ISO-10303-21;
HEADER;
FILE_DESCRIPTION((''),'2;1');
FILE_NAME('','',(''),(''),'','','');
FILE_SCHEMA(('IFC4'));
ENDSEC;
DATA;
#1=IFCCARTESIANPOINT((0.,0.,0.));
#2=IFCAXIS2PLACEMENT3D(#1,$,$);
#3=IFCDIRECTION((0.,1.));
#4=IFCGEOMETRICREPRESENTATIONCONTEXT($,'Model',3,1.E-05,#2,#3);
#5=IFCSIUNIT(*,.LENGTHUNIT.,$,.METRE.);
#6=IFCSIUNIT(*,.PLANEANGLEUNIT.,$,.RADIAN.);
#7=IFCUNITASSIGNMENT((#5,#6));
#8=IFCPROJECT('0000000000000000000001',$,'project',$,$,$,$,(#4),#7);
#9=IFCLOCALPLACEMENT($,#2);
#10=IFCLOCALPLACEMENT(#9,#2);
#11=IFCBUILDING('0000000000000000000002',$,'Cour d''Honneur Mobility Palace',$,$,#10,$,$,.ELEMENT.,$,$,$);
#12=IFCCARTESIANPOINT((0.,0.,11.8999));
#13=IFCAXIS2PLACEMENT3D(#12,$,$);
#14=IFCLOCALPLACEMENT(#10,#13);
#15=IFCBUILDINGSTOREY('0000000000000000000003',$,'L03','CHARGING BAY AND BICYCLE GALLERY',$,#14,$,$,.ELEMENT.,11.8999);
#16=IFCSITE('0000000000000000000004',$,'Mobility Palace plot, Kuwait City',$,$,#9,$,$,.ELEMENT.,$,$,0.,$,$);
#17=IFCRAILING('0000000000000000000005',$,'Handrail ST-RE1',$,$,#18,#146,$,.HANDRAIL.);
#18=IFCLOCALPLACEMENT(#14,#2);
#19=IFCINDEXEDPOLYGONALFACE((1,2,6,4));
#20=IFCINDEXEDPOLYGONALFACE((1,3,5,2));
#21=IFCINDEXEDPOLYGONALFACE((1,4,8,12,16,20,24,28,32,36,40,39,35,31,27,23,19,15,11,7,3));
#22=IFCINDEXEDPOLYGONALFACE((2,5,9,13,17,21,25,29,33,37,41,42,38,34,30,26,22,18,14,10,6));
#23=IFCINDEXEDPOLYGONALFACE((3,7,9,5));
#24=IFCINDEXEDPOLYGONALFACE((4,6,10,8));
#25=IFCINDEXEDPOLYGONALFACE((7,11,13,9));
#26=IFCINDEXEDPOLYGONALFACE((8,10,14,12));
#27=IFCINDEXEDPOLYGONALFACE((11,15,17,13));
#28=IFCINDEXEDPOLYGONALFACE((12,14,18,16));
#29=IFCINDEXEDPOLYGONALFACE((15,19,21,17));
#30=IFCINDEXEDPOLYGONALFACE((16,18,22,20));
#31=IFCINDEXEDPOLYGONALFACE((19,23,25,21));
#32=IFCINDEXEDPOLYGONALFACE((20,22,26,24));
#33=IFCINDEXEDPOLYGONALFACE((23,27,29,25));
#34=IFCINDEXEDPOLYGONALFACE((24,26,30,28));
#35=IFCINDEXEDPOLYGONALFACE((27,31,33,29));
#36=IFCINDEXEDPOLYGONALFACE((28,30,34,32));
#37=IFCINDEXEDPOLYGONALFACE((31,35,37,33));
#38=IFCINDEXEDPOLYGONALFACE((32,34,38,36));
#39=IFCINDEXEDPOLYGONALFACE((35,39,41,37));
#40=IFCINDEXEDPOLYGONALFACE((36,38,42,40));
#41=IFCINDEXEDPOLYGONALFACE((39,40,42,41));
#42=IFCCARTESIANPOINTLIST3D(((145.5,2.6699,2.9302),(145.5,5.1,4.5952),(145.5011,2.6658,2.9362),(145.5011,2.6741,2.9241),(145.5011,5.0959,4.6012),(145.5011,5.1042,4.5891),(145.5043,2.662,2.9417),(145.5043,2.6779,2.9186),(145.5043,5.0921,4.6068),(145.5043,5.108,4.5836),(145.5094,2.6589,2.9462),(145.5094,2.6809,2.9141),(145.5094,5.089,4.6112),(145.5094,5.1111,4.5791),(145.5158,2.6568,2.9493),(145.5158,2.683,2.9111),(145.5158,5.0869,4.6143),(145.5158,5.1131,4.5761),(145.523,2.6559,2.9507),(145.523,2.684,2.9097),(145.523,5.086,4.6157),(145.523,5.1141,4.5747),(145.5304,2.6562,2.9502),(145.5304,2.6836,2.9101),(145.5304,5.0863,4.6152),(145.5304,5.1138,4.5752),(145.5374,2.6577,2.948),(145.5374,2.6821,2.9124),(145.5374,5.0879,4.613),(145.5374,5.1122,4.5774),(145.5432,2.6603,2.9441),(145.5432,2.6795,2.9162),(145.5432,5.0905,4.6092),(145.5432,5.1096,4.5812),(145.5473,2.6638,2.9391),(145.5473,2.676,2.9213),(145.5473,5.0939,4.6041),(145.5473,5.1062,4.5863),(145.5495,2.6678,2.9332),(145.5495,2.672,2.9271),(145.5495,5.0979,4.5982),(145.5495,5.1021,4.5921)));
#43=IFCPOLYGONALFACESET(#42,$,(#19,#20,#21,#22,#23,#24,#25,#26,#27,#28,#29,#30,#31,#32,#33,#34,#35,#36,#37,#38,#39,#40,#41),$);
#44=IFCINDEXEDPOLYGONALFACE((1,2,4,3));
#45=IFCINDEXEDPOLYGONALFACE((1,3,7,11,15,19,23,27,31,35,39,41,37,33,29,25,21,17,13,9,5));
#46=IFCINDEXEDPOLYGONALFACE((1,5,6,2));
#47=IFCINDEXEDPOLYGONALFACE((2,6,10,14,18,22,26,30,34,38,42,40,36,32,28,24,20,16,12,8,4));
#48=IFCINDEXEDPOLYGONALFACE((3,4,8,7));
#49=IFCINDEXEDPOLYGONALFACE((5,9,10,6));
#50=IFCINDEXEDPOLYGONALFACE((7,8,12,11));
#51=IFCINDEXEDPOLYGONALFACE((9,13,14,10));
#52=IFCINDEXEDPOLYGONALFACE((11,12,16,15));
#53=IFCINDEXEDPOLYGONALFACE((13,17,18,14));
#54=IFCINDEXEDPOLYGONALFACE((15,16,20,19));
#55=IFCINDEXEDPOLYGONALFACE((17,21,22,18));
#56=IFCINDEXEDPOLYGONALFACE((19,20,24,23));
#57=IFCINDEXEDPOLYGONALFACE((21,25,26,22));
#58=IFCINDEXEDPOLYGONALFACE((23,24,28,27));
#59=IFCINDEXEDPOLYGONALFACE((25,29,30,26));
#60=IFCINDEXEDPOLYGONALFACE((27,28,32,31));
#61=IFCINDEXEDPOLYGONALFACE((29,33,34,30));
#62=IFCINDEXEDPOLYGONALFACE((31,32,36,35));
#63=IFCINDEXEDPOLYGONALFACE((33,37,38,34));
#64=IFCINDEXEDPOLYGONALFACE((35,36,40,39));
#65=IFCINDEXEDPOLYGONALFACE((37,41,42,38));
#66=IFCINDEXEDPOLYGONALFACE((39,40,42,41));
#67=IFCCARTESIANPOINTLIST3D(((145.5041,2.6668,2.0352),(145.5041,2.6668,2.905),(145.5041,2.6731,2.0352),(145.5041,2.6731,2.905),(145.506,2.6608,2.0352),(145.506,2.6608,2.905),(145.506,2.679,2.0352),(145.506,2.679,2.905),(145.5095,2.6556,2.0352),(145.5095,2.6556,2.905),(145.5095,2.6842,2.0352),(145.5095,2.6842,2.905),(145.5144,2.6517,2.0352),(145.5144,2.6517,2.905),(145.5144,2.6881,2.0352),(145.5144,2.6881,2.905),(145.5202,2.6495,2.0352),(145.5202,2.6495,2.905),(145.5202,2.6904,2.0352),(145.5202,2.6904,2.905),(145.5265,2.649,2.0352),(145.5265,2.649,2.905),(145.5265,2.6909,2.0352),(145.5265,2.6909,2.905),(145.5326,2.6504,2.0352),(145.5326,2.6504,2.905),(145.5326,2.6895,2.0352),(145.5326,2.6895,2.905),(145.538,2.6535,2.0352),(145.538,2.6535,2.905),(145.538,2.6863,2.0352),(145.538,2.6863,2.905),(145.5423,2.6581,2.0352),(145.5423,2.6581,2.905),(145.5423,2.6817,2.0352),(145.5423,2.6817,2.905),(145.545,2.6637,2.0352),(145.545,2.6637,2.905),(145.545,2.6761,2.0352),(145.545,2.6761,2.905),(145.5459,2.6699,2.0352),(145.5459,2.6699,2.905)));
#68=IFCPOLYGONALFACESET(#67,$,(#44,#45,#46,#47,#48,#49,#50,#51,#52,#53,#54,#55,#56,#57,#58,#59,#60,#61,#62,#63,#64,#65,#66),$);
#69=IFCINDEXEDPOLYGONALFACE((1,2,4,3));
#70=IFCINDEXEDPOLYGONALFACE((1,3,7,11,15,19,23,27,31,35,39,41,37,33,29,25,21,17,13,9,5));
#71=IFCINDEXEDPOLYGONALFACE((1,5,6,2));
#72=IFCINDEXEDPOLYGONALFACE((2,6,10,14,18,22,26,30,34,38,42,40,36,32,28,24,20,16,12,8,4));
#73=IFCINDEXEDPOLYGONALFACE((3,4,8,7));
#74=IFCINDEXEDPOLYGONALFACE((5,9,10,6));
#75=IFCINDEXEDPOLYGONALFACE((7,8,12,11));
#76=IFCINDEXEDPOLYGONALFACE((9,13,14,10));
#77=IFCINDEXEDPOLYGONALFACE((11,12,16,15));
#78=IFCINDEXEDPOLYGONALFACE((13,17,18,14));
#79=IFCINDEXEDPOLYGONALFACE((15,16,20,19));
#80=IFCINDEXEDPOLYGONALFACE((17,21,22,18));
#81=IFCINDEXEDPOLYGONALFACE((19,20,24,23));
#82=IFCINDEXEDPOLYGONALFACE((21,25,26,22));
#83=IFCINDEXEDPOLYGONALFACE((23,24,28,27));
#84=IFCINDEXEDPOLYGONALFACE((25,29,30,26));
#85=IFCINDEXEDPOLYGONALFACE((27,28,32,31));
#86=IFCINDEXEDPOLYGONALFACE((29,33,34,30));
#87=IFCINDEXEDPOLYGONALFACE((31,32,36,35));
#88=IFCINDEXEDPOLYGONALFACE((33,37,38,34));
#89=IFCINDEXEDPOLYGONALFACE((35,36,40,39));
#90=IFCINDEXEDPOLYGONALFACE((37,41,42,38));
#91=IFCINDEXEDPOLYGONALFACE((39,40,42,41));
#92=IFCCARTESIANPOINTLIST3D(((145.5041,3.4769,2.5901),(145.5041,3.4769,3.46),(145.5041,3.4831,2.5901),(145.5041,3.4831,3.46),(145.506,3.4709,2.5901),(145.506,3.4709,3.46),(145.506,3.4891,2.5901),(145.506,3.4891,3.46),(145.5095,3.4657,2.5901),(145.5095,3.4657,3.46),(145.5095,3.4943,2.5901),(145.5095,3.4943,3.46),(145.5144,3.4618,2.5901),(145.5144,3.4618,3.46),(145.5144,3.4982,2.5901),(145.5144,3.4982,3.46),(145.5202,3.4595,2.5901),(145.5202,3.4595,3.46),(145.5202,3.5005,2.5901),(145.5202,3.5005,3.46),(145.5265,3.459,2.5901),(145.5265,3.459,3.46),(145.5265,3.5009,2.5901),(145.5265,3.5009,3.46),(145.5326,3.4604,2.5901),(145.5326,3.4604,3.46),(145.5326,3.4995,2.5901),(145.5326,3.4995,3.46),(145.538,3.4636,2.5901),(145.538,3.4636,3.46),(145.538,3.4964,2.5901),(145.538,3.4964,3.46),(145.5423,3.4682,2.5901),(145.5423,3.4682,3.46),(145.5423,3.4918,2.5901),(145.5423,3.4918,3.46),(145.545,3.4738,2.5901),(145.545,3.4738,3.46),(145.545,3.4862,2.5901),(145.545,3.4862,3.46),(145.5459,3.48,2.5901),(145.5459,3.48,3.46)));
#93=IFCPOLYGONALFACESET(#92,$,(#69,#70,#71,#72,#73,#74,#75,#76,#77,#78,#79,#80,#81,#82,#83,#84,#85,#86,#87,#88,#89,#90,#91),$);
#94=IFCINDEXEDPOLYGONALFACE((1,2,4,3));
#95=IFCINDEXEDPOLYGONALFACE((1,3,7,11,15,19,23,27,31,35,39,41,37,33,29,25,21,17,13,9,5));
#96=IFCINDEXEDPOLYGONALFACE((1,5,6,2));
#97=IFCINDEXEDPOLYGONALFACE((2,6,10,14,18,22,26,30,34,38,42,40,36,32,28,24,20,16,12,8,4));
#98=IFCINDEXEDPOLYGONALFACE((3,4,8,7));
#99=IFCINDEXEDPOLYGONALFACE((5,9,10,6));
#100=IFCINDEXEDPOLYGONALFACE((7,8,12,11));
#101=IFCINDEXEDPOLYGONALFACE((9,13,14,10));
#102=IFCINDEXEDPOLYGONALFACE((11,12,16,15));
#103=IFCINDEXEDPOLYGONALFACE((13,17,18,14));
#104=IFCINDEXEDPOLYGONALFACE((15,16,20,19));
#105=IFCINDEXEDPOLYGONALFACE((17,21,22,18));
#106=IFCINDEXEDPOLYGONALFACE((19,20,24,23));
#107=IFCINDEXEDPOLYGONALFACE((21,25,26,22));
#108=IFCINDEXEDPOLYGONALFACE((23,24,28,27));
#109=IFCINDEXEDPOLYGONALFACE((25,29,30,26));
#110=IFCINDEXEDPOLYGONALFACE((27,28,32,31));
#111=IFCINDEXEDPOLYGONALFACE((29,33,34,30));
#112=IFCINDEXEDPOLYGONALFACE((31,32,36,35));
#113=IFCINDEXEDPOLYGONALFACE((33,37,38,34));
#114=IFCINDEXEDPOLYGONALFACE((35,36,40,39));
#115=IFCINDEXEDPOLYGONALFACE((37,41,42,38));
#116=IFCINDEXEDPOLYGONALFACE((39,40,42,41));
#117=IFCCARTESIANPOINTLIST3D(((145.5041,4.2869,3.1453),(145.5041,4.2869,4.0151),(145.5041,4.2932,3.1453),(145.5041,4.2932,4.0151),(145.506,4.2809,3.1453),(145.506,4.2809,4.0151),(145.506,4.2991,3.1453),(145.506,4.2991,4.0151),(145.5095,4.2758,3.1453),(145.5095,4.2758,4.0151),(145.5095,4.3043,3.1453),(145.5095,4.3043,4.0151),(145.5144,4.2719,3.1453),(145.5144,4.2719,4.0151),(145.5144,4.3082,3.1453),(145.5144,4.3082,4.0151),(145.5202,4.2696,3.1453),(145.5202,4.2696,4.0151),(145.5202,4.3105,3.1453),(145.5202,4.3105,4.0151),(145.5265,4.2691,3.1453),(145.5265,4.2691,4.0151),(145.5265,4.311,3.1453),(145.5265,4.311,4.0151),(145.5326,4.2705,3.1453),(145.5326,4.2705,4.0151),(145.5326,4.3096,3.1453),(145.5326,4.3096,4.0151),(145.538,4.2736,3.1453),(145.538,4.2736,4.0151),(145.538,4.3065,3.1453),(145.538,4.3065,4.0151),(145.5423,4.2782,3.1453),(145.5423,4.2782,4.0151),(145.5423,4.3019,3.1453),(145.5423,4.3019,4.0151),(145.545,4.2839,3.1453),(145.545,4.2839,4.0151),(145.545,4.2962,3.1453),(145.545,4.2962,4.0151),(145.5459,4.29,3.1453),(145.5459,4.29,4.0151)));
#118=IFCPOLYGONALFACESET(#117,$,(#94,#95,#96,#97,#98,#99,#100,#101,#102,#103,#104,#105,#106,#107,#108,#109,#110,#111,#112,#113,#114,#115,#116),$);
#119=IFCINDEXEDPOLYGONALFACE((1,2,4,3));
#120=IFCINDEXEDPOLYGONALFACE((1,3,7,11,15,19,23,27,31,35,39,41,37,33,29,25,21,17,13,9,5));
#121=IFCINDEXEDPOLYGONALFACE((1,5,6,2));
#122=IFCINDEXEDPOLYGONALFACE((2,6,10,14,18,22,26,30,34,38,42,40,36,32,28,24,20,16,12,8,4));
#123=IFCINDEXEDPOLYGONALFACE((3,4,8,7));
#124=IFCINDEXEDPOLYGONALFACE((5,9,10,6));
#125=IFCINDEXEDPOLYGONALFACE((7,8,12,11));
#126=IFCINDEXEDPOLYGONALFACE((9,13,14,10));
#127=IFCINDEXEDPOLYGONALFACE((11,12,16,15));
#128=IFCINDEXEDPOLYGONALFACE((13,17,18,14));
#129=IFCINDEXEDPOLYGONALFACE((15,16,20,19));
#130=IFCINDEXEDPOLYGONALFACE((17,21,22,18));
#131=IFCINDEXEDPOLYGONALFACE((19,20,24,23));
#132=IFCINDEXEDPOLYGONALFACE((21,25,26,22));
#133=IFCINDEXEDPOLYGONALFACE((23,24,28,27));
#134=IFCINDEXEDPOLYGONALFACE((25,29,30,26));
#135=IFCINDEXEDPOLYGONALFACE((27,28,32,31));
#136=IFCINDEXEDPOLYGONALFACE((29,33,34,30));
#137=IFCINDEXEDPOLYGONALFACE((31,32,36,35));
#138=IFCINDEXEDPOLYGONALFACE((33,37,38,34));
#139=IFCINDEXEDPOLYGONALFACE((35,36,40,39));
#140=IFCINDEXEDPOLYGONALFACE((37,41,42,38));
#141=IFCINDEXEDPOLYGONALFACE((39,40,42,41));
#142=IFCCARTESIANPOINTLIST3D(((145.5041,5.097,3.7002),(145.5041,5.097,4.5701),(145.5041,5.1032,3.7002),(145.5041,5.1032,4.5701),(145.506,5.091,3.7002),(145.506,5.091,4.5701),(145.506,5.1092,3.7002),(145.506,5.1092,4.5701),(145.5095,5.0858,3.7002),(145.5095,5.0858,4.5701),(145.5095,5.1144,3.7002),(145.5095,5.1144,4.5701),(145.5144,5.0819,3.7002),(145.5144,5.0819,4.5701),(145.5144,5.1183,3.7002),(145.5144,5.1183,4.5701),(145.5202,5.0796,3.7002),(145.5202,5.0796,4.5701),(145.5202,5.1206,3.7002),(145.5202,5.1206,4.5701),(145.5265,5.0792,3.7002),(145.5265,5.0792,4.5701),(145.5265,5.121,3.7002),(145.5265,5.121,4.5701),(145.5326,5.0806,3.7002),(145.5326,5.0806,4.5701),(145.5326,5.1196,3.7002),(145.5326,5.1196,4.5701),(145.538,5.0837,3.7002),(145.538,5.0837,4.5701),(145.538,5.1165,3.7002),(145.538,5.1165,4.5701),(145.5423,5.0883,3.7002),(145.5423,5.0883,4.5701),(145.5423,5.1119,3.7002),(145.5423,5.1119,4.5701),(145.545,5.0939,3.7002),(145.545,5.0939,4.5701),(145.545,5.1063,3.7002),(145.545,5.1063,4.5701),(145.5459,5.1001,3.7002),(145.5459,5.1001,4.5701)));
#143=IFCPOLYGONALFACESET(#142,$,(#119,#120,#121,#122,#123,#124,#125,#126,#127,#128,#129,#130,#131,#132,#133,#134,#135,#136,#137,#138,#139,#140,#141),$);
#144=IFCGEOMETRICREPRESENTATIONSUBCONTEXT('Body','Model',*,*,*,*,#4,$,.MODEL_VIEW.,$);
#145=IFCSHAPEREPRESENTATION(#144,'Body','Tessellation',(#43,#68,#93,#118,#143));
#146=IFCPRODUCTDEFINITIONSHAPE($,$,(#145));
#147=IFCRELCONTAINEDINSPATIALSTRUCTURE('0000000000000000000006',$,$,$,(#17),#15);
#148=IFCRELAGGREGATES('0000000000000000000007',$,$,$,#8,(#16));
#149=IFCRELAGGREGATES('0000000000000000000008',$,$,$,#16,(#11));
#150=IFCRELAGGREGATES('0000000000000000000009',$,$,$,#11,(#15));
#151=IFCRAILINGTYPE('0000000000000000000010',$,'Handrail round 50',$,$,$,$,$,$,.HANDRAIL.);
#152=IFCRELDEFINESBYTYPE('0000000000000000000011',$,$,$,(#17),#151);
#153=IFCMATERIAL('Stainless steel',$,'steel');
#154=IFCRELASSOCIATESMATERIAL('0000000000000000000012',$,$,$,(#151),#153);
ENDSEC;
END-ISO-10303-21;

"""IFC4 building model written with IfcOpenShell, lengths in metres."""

from ifc_helpers import new_model, si_unit, direction, frame, origin, origin_2d, place, context, subcontext, project, spatial, circle, extrude, material, type_object, element, save


model = new_model("IFC4")

# Units and contexts
model_context = context("Model", 3, precision=1e-05, world=origin(), true_north=direction((0.0, 1.0)))
body_context = subcontext(model_context, "Body", "Model", "MODEL_VIEW")
ifc_project = project(units=[si_unit("LENGTHUNIT", "METRE"), si_unit("PLANEANGLEUNIT", "RADIAN")], contexts=[model_context])

# Site, building, storey
site_placement = place(None, origin())
site = spatial("IfcSite", under=ifc_project, at=site_placement, Name="Mobility Palace plot, Kuwait City", CompositionType="ELEMENT", RefElevation=0.0)
building_placement = place(site_placement, origin())
building = spatial("IfcBuilding", under=site, at=building_placement, Name="Cour d'Honneur Mobility Palace", CompositionType="ELEMENT")
storey_placement = place(building_placement, frame((0.0, 0.0, 11.8999)))
storey = spatial("IfcBuildingStorey", under=building, at=storey_placement, Name="L03", Description="CHARGING BAY AND BICYCLE GALLERY", CompositionType="ELEMENT", Elevation=11.8999)

# Railing
ifc_material_1 = material(Name="Stainless steel", Category="steel")
railing_type_1 = type_object("IfcRailingType", Name="Handrail round 50", PredefinedType="HANDRAIL", material=ifc_material_1)
railing_1_placement = place(storey_placement, frame((145.5249, 2.6699, 2.0352)))
element("IfcRailing", 1, at=railing_1_placement, inside=storey, type_object=railing_type_1, Name="Handrail ST-RE1", PredefinedType="HANDRAIL", context=body_context, shape_type="SweptSolid", body=[
    extrude(circle(Radius=0.0249, at=origin_2d()), frame((0.0, 0.0, 0.895), z_axis=(0.0, 0.824945, 0.565213), x_axis=(-1.0, 0.0, 0.0)), (0.0, 0.0, 1.0), 2.9458),
    extrude(circle(Radius=0.021, at=origin_2d()), origin(), (0.0, 0.0, 1.0), 0.8699),
    extrude(circle(Radius=0.021, at=origin_2d()), frame((0.0, 0.8101, 0.5549)), (0.0, 0.0, 1.0), 0.8699),
    extrude(circle(Radius=0.021, at=origin_2d()), frame((0.0, 1.6201, 1.1101)), (0.0, 0.0, 1.0), 0.8699),
    extrude(circle(Radius=0.021, at=origin_2d()), frame((0.0, 2.4302, 1.665)), (0.0, 0.0, 1.0), 0.8699),
])

save(model, "model.ifc")
